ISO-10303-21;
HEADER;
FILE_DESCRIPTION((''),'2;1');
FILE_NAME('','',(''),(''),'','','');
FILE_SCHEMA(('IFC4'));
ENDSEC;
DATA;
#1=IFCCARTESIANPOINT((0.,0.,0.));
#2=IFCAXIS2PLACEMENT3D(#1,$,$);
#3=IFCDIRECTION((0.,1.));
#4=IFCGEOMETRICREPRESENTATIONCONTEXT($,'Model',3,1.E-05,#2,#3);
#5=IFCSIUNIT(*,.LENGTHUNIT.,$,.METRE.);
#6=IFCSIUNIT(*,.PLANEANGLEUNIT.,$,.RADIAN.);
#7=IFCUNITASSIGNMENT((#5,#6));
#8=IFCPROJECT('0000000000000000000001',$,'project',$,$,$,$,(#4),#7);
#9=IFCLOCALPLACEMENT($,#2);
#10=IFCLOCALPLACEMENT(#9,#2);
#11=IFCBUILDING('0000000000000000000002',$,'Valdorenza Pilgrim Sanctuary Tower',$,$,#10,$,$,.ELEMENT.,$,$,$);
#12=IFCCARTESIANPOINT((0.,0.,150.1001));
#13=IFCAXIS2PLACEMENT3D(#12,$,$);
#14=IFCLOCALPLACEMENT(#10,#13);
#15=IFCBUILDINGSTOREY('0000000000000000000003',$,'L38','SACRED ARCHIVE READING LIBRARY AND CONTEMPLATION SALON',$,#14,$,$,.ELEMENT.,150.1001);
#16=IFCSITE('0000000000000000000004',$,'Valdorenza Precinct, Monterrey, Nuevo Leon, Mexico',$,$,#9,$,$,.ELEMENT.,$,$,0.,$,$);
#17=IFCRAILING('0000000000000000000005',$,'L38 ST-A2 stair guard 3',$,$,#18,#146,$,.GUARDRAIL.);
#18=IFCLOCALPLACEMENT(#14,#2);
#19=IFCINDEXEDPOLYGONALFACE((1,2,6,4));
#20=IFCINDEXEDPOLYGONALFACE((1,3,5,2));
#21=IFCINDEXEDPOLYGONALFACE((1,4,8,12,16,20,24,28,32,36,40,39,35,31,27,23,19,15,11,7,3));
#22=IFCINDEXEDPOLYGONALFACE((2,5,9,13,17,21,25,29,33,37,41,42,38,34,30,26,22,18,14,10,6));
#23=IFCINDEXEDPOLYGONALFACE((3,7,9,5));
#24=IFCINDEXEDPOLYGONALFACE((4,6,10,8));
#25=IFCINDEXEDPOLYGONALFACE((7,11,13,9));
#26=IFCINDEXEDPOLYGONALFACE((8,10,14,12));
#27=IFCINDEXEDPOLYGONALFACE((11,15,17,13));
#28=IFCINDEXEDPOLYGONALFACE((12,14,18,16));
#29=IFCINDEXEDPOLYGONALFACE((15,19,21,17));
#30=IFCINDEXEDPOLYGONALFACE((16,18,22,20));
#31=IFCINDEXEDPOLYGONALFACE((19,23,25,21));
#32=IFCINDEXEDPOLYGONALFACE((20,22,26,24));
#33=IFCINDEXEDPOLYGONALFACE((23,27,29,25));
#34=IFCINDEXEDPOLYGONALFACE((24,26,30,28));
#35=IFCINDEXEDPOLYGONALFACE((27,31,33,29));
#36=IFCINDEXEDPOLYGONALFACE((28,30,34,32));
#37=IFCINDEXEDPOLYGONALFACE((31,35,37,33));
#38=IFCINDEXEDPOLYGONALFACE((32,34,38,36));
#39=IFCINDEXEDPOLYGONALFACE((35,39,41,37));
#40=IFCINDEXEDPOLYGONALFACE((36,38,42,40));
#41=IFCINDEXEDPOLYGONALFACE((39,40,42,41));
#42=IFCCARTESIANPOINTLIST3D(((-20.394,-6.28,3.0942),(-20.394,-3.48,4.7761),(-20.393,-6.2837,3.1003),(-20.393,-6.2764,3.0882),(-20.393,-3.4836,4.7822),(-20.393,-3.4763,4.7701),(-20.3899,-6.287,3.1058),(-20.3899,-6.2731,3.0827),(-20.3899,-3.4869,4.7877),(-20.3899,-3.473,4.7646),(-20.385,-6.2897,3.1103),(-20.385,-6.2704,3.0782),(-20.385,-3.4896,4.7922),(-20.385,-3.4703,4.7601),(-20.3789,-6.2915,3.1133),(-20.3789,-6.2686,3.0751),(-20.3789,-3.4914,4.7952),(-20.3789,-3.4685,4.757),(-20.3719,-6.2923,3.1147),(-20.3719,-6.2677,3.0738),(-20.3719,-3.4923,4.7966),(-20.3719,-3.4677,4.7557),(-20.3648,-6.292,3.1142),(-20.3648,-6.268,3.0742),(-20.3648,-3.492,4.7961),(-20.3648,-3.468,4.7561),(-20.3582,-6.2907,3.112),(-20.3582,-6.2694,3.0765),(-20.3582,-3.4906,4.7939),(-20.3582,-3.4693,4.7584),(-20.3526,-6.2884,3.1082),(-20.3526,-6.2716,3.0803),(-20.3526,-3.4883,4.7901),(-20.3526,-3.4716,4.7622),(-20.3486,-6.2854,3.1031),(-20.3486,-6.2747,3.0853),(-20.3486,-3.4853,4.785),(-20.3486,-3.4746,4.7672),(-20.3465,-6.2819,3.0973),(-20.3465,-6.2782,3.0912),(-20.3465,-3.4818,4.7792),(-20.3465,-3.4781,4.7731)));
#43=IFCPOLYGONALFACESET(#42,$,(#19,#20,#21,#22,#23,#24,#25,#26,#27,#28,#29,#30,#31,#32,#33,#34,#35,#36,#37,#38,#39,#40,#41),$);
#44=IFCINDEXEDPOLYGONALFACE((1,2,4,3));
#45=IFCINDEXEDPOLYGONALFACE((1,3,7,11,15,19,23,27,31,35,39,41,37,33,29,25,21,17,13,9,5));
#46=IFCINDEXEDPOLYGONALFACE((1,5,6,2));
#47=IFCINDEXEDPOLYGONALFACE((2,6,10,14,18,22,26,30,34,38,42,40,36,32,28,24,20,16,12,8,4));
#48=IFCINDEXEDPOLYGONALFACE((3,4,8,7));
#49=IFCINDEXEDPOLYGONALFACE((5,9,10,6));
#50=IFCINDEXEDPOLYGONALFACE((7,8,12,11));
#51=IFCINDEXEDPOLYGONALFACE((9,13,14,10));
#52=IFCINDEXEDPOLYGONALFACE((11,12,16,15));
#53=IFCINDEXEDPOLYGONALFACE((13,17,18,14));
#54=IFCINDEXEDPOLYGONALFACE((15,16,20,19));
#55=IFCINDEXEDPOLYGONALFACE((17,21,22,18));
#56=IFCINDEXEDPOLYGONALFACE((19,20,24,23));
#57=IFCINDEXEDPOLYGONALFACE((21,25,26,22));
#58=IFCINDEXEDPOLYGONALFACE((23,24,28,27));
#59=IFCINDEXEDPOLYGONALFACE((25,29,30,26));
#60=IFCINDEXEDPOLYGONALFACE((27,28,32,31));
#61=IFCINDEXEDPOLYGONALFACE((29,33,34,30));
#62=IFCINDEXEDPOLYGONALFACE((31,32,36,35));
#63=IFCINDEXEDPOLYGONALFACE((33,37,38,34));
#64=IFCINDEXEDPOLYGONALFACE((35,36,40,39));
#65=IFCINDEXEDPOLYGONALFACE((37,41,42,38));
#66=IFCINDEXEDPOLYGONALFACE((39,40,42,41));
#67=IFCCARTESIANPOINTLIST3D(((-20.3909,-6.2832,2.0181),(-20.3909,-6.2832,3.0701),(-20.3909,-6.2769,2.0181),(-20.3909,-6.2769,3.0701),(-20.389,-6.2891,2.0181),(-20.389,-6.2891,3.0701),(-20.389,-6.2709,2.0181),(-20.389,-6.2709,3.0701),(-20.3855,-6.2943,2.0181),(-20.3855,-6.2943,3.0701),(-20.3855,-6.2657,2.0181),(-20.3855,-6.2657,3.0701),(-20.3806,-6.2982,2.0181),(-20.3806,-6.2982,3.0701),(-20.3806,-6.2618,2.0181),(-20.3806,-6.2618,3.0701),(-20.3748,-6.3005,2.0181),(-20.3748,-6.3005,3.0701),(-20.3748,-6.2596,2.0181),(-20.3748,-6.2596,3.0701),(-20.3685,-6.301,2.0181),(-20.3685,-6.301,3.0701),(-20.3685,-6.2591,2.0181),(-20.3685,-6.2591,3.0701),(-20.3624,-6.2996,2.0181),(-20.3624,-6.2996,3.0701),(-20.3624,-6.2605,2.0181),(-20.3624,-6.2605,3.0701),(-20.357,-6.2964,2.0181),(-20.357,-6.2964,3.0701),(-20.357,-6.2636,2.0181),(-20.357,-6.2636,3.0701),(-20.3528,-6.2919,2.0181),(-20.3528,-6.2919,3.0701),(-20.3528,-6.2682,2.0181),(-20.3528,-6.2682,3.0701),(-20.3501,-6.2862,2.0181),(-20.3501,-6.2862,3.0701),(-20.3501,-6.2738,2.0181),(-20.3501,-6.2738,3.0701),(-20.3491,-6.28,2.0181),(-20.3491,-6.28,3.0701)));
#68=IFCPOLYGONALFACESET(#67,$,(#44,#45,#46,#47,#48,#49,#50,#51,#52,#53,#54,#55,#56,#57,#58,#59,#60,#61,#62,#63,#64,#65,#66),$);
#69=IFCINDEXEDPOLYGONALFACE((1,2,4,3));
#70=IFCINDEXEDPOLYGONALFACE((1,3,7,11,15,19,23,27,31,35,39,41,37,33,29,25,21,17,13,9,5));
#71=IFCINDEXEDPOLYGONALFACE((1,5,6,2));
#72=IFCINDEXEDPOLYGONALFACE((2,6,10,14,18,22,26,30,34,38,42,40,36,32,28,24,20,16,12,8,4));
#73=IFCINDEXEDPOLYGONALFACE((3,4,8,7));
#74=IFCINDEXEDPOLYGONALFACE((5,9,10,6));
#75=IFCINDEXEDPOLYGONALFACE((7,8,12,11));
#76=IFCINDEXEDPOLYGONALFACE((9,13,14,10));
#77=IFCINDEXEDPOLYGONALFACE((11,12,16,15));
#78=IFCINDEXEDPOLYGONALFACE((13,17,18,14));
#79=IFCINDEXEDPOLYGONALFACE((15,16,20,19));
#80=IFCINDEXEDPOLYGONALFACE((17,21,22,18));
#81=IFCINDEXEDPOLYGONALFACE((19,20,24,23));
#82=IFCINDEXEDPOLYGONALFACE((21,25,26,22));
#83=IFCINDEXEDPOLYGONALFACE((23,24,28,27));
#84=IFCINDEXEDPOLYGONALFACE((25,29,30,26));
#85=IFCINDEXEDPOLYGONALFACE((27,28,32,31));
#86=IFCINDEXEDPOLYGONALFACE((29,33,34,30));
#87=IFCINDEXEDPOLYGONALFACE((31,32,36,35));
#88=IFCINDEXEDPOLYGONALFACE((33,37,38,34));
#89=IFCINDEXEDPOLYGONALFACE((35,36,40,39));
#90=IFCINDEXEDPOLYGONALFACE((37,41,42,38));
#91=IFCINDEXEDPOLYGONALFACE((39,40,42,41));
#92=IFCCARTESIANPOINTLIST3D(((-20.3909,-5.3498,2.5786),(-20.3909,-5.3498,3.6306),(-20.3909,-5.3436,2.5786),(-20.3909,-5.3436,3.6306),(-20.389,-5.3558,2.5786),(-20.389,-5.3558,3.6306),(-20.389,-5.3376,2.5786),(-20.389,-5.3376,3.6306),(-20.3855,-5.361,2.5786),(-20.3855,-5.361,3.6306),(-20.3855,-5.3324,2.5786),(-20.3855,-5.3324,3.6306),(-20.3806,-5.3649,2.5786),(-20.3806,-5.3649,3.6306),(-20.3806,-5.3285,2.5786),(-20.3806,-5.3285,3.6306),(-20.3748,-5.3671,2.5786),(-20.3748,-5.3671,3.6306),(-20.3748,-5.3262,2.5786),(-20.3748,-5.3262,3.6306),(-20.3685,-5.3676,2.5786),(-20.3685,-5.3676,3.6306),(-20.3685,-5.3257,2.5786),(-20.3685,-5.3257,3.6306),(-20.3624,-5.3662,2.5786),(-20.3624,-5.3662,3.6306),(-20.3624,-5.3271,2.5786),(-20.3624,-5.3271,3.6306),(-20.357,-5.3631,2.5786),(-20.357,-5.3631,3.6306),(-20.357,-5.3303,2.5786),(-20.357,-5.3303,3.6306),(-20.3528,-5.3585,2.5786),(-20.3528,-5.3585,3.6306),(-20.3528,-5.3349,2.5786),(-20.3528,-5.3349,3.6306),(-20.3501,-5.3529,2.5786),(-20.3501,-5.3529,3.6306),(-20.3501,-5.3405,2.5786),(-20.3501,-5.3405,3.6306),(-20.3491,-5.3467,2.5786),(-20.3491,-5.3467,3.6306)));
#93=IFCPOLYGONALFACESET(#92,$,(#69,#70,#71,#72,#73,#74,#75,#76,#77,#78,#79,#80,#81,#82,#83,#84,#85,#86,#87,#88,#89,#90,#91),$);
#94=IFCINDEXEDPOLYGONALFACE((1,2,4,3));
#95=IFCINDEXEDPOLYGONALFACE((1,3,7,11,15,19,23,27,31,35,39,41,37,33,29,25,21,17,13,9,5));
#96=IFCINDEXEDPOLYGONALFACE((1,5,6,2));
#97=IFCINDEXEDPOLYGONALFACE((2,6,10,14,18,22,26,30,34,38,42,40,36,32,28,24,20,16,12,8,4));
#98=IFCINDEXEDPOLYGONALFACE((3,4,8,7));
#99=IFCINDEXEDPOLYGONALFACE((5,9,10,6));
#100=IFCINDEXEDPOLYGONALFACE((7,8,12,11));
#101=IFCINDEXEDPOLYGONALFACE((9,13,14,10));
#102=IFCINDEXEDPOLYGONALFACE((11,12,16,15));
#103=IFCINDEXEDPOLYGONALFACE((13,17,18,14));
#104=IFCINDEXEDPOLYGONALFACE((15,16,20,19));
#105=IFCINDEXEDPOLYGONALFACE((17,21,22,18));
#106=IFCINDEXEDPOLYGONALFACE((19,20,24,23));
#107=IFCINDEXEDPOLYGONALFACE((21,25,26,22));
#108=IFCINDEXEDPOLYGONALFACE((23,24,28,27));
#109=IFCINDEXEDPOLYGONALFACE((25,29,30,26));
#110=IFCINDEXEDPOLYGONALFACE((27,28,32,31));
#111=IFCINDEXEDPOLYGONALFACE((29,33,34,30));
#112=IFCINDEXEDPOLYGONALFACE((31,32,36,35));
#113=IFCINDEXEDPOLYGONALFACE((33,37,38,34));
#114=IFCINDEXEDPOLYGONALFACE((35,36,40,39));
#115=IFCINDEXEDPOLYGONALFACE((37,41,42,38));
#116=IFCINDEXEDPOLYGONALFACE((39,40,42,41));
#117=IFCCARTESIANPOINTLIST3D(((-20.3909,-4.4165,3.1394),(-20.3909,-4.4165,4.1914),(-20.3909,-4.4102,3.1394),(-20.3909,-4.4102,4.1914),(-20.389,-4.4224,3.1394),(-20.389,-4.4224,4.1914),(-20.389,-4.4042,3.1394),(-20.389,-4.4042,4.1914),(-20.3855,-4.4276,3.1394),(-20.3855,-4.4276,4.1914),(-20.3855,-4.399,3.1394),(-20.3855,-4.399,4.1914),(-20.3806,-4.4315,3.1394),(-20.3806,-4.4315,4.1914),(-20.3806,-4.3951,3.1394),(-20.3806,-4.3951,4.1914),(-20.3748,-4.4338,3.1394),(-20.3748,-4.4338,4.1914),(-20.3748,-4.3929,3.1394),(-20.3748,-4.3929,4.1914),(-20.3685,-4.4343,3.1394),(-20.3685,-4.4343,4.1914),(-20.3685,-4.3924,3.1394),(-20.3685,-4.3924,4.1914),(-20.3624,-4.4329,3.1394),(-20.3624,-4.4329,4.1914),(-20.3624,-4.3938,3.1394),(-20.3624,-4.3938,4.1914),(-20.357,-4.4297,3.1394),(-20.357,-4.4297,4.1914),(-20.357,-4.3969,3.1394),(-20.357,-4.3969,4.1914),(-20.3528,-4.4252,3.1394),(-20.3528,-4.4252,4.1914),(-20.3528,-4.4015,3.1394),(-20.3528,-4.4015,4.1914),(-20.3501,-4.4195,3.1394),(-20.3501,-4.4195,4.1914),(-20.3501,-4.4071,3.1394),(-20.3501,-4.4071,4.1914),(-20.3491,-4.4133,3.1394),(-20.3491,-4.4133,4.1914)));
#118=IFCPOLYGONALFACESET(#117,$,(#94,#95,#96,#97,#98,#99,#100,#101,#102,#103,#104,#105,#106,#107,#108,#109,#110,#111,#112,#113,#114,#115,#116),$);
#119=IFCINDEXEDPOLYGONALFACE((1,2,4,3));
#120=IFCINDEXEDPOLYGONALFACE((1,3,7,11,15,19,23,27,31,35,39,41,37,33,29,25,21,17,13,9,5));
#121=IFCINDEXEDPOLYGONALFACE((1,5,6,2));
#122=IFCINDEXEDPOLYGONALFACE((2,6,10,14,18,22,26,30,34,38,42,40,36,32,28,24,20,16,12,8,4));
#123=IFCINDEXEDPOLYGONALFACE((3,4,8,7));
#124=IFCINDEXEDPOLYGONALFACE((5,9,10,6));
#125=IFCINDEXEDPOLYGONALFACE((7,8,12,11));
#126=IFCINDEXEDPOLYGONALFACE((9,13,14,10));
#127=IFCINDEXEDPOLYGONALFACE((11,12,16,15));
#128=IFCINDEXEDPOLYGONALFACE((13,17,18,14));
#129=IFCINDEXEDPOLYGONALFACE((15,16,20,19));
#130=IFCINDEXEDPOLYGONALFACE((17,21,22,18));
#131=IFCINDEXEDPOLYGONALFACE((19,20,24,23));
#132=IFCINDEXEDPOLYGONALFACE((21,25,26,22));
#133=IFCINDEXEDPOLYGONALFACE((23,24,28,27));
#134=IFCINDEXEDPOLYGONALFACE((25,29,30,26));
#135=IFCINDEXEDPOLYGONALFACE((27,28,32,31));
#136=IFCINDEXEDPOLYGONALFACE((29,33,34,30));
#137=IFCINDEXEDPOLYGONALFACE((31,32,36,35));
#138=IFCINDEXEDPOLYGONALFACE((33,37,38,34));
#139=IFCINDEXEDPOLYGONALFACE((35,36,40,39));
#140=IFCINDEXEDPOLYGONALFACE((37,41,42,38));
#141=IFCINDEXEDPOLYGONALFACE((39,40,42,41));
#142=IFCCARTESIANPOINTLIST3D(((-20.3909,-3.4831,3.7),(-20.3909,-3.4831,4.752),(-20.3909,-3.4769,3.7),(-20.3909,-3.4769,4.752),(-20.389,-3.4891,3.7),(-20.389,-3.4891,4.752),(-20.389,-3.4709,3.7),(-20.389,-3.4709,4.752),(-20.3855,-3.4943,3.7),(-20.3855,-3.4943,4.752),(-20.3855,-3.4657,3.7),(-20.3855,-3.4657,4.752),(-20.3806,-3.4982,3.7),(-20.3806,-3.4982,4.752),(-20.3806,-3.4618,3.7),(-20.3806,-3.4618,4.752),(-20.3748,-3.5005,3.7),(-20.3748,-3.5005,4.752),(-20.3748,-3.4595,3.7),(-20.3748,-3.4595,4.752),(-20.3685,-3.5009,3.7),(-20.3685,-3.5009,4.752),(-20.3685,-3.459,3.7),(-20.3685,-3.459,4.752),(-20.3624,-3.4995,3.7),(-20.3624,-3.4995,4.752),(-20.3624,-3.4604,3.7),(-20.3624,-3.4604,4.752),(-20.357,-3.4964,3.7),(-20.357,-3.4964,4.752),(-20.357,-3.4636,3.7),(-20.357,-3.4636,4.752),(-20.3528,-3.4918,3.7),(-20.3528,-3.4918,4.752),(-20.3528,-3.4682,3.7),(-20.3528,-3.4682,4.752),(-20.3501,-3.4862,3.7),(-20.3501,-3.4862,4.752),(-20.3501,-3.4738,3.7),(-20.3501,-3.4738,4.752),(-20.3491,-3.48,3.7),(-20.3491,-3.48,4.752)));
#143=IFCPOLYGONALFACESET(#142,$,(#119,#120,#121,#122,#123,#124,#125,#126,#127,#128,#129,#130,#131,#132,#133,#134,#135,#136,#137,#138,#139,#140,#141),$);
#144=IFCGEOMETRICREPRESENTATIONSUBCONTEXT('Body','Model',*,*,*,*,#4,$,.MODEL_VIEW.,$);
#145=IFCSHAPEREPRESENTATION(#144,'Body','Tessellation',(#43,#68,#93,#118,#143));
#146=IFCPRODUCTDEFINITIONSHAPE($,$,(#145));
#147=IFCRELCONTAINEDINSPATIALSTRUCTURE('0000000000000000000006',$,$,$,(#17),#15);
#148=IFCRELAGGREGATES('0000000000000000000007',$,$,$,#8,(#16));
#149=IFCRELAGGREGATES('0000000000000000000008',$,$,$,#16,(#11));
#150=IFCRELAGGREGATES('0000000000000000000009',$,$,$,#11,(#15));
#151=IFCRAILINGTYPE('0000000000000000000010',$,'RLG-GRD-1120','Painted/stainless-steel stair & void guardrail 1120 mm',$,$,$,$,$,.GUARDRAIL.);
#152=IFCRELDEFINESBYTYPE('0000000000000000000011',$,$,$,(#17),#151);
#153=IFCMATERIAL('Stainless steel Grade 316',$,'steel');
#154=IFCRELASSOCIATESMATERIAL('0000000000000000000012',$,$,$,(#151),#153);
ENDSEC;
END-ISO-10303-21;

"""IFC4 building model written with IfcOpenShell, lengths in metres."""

from ifc_helpers import new_model, si_unit, direction, frame, origin, origin_2d, place, context, subcontext, project, spatial, circle, extrude, material, type_object, element, save


model = new_model("IFC4")

# Units and contexts
model_context = context("Model", 3, precision=1e-05, world=origin(), true_north=direction((0.0, 1.0)))
body_context = subcontext(model_context, "Body", "Model", "MODEL_VIEW")
ifc_project = project(units=[si_unit("LENGTHUNIT", "METRE"), si_unit("PLANEANGLEUNIT", "RADIAN")], contexts=[model_context])

# Site, building, storey
site_placement = place(None, origin())
site = spatial("IfcSite", under=ifc_project, at=site_placement, Name="Valdorenza Precinct, Monterrey, Nuevo Leon, Mexico", CompositionType="ELEMENT", RefElevation=0.0)
building_placement = place(site_placement, origin())
building = spatial("IfcBuilding", under=site, at=building_placement, Name="Valdorenza Pilgrim Sanctuary Tower", CompositionType="ELEMENT")
storey_placement = place(building_placement, frame((0.0, 0.0, 150.1001)))
storey = spatial("IfcBuildingStorey", under=building, at=storey_placement, Name="L38", Description="SACRED ARCHIVE READING LIBRARY AND CONTEMPLATION SALON", CompositionType="ELEMENT", Elevation=150.1001)

# Railing
ifc_material_1 = material(Name="Stainless steel Grade 316", Category="steel")
railing_type_1 = type_object("IfcRailingType", Name="RLG-GRD-1120", Description="Painted/stainless-steel stair & void guardrail 1120 mm", PredefinedType="GUARDRAIL", material=ifc_material_1)
railing_1_placement = place(storey_placement, frame((-20.3701, -6.28, 2.0181)))
element("IfcRailing", 1, at=railing_1_placement, inside=storey, type_object=railing_type_1, Name="L38 ST-A2 stair guard 3", PredefinedType="GUARDRAIL", context=body_context, shape_type="SweptSolid", body=[
    extrude(circle(Radius=0.0239, at=origin_2d()), frame((0.0, 0.0, 1.0762), z_axis=(0.0, 0.857242, 0.514913), x_axis=(-1.0, 0.0, 0.0)), (0.0, 0.0, 1.0), 3.2664),
    extrude(circle(Radius=0.021, at=origin_2d()), origin(), (0.0, 0.0, 1.0), 1.052),
    extrude(circle(Radius=0.021, at=origin_2d()), frame((0.0, 0.9333, 0.5605)), (0.0, 0.0, 1.0), 1.052),
    extrude(circle(Radius=0.021, at=origin_2d()), frame((0.0, 1.8667, 1.1213)), (0.0, 0.0, 1.0), 1.052),
    extrude(circle(Radius=0.021, at=origin_2d()), frame((0.0, 2.8, 1.6819)), (0.0, 0.0, 1.0), 1.052),
])

save(model, "model.ifc")
